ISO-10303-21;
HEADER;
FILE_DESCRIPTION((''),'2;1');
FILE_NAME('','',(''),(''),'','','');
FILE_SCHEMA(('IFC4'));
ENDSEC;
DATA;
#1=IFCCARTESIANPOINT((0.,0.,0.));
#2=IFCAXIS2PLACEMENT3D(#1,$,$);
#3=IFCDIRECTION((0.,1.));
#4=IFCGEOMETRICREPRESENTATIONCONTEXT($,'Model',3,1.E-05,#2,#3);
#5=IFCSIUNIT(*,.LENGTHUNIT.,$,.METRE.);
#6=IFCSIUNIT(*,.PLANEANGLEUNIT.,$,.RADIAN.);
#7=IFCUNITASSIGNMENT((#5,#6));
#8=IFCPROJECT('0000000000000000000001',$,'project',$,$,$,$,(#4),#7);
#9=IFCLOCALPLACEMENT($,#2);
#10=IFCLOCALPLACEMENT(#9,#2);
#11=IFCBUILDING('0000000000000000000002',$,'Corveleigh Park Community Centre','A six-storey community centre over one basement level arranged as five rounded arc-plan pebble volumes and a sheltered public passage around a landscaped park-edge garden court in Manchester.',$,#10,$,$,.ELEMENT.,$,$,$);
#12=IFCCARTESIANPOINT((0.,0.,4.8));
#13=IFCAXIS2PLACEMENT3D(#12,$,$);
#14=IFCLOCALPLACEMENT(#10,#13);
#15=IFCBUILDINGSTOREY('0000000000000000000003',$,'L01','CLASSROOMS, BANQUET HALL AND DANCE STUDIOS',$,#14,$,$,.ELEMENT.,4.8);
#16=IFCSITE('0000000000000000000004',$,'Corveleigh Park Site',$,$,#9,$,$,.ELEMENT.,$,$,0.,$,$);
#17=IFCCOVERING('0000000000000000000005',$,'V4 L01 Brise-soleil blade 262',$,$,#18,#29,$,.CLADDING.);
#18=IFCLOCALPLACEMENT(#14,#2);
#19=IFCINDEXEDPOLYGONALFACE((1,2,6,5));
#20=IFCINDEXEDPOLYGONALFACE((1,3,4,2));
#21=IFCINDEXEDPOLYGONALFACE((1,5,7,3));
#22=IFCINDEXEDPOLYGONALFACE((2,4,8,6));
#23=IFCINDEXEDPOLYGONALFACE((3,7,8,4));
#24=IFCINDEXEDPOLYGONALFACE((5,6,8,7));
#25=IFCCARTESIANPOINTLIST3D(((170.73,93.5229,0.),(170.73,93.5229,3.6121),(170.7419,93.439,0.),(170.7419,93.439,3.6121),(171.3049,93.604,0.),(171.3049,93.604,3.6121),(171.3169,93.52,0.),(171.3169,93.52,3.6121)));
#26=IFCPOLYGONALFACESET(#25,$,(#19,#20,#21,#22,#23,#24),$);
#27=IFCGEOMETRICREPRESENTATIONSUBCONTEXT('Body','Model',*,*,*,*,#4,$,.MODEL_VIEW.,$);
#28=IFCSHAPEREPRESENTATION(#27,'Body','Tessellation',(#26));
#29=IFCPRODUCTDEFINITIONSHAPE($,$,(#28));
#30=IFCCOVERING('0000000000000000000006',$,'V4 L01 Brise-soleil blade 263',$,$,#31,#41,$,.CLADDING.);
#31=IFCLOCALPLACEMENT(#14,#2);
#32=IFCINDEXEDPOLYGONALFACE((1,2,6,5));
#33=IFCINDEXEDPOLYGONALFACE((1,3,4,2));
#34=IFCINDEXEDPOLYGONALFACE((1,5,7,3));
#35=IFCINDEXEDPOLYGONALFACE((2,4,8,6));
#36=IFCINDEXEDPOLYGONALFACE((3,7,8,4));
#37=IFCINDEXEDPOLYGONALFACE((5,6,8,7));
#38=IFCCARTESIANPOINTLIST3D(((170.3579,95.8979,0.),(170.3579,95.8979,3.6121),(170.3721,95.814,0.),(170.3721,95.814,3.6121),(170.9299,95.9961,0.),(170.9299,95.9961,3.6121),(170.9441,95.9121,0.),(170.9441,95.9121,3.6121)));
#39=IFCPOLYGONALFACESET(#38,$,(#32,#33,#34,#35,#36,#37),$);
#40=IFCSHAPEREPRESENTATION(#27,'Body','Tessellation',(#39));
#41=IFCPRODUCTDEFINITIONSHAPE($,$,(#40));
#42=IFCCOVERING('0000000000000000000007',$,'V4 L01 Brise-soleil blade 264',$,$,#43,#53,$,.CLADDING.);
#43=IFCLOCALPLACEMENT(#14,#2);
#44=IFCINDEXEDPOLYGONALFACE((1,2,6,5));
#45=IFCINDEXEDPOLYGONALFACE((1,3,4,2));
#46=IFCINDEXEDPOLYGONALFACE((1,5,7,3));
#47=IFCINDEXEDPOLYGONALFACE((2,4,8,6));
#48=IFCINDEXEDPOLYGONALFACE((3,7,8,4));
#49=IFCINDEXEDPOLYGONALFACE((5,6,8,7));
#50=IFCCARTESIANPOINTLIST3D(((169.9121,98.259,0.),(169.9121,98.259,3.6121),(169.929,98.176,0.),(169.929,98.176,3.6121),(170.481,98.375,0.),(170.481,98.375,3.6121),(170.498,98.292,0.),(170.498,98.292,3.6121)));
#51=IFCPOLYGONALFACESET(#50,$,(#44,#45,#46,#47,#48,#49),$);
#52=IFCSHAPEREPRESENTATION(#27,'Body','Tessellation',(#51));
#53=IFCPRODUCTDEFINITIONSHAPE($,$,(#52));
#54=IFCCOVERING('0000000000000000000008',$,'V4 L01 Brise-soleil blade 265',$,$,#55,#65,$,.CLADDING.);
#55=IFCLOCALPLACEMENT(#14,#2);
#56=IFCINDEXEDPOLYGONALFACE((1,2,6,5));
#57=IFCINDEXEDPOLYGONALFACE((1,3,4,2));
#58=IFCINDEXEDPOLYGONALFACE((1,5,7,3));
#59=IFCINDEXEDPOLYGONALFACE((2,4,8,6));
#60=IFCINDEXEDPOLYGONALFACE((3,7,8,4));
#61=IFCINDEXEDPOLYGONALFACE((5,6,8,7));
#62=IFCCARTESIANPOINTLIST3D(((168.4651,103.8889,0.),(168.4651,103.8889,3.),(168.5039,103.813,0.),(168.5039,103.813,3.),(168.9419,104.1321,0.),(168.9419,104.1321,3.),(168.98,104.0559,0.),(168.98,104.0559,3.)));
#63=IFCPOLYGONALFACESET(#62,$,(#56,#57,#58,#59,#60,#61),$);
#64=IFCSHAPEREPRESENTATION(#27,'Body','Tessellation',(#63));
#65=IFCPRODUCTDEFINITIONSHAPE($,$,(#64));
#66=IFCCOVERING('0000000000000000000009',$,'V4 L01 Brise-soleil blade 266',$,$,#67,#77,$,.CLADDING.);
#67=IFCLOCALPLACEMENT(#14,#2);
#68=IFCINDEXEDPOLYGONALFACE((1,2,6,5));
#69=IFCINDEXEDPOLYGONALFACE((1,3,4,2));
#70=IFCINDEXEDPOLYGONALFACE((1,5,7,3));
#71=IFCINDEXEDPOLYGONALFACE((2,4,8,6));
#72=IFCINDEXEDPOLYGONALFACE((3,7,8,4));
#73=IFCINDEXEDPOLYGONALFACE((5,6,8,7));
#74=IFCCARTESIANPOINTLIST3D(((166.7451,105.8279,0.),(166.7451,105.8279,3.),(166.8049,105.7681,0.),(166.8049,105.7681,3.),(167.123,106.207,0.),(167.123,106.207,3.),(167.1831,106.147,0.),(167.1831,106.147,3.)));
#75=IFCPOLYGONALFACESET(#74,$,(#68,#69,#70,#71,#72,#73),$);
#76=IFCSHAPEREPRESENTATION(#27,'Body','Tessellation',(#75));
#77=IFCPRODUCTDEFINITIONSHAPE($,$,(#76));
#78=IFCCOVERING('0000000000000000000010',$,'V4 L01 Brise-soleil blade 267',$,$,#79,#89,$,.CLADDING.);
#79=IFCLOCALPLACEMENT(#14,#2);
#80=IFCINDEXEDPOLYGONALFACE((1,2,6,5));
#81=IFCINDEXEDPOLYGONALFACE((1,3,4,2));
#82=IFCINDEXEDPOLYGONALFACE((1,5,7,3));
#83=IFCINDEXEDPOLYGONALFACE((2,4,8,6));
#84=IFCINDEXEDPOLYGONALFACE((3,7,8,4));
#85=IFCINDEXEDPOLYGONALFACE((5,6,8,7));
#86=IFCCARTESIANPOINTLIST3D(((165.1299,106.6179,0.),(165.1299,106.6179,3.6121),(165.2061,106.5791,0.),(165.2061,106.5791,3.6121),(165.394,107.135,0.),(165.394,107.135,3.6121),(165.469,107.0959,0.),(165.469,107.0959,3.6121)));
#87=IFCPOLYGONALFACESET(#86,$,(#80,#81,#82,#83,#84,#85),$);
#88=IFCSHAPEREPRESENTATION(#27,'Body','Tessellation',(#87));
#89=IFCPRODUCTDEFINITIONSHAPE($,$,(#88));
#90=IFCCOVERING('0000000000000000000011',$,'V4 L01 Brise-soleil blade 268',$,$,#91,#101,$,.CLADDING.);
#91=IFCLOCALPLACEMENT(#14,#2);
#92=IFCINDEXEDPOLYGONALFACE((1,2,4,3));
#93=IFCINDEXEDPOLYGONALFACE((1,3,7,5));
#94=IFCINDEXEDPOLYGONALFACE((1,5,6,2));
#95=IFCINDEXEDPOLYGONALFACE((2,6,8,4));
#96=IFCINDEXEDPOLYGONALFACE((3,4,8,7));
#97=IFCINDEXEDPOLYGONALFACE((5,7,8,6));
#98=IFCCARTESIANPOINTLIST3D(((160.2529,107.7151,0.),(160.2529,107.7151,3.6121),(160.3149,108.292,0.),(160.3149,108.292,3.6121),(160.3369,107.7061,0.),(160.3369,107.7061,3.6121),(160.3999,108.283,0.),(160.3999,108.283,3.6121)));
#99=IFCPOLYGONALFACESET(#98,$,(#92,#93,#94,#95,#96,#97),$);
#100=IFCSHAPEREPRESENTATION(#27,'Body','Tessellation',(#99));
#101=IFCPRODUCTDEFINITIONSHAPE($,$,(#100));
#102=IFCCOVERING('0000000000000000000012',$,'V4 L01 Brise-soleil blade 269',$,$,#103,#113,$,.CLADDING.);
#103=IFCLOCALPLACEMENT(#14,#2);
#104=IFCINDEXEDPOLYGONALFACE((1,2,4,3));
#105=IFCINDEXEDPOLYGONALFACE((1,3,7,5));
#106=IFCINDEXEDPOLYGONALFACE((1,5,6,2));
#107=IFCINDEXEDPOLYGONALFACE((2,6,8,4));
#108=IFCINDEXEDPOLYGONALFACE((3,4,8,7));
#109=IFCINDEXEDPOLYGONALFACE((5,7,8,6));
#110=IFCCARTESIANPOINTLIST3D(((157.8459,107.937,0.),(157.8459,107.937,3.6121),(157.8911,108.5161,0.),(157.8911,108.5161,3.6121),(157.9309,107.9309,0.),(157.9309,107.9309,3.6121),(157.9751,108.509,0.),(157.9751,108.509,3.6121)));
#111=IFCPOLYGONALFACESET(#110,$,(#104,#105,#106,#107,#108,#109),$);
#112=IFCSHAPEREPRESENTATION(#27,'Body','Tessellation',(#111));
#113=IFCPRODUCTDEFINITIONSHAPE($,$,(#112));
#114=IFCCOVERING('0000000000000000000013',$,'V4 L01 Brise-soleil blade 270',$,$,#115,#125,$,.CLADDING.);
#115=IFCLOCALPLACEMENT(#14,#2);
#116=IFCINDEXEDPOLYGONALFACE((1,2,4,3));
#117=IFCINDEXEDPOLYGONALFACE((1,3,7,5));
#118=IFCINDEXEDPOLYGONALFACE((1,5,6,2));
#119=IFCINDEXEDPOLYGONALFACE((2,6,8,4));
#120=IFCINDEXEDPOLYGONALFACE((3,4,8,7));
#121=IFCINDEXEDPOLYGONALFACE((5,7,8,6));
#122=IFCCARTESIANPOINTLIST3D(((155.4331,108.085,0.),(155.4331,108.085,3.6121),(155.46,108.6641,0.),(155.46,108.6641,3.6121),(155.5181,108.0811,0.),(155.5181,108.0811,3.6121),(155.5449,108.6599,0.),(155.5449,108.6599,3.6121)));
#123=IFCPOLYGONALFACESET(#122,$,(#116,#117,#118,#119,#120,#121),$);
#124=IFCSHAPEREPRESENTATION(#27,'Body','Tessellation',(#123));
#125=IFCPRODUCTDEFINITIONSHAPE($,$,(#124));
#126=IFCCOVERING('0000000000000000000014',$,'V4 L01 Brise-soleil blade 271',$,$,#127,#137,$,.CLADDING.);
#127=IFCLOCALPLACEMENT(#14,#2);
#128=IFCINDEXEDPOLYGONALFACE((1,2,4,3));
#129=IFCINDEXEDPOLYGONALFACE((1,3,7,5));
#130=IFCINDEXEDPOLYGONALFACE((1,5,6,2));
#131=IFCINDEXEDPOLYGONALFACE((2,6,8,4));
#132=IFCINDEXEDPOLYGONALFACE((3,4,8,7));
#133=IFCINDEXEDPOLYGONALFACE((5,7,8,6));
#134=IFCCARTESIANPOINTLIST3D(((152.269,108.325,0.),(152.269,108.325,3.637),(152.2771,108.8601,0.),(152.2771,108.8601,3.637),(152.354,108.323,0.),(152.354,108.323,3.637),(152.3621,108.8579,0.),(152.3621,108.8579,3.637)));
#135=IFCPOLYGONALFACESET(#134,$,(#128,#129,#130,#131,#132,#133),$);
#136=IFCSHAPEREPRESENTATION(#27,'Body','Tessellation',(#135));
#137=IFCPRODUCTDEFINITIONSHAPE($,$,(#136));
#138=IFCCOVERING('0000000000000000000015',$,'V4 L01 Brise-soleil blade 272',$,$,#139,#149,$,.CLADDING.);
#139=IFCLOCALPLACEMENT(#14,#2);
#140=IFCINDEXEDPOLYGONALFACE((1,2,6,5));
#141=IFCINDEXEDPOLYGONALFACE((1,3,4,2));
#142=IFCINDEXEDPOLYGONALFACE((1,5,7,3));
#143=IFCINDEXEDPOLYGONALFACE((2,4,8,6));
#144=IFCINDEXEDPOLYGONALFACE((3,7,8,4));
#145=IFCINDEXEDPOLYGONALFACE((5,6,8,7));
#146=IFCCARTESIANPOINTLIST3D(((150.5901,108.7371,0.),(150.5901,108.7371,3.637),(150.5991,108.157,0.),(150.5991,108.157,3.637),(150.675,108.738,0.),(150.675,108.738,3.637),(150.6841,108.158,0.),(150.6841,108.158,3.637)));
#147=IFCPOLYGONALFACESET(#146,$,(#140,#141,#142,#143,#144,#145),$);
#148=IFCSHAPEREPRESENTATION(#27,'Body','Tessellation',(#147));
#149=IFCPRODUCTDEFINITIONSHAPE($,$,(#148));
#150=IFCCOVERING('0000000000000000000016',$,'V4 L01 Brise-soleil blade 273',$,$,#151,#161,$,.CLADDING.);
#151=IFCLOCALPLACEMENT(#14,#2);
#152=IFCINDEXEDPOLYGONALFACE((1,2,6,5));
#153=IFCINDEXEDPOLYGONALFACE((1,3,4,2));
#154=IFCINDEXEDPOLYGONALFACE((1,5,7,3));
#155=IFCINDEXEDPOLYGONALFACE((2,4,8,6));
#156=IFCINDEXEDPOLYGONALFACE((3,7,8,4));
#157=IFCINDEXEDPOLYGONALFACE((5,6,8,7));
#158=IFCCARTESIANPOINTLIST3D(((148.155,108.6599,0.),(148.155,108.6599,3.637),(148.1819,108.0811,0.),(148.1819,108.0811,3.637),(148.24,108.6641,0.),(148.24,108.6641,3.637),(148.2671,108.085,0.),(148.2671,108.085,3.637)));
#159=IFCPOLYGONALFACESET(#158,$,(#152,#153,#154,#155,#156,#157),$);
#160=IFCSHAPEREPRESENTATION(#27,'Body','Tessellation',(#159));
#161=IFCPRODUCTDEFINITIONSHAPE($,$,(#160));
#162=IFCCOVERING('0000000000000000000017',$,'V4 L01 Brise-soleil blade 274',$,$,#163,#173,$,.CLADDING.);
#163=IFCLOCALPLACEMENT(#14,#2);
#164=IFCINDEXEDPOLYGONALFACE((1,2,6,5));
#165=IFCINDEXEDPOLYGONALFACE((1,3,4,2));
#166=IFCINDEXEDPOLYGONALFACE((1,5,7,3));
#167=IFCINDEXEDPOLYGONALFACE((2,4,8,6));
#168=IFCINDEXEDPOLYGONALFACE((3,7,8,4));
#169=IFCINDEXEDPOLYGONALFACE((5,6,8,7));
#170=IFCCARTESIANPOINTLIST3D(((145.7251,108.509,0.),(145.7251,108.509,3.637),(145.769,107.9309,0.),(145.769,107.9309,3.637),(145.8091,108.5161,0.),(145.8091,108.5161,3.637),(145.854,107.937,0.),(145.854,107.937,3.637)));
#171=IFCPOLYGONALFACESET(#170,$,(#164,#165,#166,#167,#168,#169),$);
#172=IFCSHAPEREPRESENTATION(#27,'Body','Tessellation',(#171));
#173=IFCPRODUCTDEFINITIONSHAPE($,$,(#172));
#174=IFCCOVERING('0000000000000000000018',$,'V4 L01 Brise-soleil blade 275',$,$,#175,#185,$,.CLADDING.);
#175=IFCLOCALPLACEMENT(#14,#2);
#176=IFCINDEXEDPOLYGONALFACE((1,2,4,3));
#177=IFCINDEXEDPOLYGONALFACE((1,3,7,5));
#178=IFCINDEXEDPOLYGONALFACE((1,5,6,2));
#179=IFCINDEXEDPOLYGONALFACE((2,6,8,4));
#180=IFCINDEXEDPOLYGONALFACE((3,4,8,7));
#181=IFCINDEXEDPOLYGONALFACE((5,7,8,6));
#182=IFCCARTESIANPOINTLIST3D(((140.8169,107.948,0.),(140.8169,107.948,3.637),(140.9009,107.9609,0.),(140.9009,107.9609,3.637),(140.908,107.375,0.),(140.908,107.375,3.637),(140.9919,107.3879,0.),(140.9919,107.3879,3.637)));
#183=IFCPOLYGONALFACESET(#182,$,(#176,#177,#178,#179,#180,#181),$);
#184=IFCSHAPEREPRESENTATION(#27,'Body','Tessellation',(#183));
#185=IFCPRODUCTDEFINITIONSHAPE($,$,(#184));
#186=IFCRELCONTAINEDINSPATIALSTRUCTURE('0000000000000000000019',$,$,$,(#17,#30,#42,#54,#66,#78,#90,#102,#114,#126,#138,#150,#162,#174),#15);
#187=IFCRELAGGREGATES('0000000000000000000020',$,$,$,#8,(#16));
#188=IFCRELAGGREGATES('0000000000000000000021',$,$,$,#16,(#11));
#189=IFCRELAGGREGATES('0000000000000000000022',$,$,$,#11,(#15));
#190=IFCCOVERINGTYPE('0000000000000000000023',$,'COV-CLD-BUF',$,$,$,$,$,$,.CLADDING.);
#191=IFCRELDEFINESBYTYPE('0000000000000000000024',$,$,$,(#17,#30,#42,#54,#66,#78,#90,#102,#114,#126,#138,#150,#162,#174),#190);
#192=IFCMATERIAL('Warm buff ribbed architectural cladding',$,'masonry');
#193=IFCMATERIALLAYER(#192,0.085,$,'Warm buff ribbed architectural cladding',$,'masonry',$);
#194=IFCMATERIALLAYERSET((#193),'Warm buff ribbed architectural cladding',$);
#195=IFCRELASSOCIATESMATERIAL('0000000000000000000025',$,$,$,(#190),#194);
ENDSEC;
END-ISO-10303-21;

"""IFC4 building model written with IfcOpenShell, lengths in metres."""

from ifc_helpers import new_model, si_unit, direction, frame, origin, place, context, subcontext, project, spatial, polyline, outline, extrude, material, layer, layer_set, type_object, element, save


model = new_model("IFC4")

# Units and contexts
model_context = context("Model", 3, precision=1e-05, world=origin(), true_north=direction((0.0, 1.0)))
body_context = subcontext(model_context, "Body", "Model", "MODEL_VIEW")
ifc_project = project(units=[si_unit("LENGTHUNIT", "METRE"), si_unit("PLANEANGLEUNIT", "RADIAN")], contexts=[model_context])

# Site, building, storey
site_placement = place(None, origin())
site = spatial("IfcSite", under=ifc_project, at=site_placement, Name="Corveleigh Park Site", CompositionType="ELEMENT", RefElevation=0.0)
building_placement = place(site_placement, origin())
building = spatial("IfcBuilding", under=site, at=building_placement, Name="Corveleigh Park Community Centre", Description="A six-storey community centre over one basement level arranged as five rounded arc-plan pebble volumes and a sheltered public passage around a landscaped park-edge garden court in Manchester.", CompositionType="ELEMENT")
storey_placement = place(building_placement, frame((0.0, 0.0, 4.8)))
storey = spatial("IfcBuildingStorey", under=building, at=storey_placement, Name="L01", Description="CLASSROOMS, BANQUET HALL AND DANCE STUDIOS", CompositionType="ELEMENT", Elevation=4.8)

# Coverings
ifc_material = material(Name="Warm buff ribbed architectural cladding", Category="masonry")
ifc_layer = layer(ifc_material, 0.085, Name="Warm buff ribbed architectural cladding", Category="masonry")
ifc_layer_set = layer_set([ifc_layer], Name="Warm buff ribbed architectural cladding")
covering_type = type_object("IfcCoveringType", Name="COV-CLD-BUF", PredefinedType="CLADDING", material=ifc_layer_set)
covering_1_placement = place(storey_placement, origin())
element("IfcCovering", 1, at=covering_1_placement, inside=storey, type_object=covering_type, Name="V4 L01 Brise-soleil blade 262", PredefinedType="CLADDING", context=body_context, shape_type="SweptSolid", body=[
    extrude(outline(polyline([(170.73, 93.5229), (170.7419, 93.439), (171.3169, 93.52), (171.3049, 93.604), (170.73, 93.5229)])), origin(), (0.0, 0.0, 1.0), 3.6121),
])
covering_2_placement = place(storey_placement, origin())
element("IfcCovering", 2, at=covering_2_placement, inside=storey, type_object=covering_type, Name="V4 L01 Brise-soleil blade 263", PredefinedType="CLADDING", context=body_context, shape_type="SweptSolid", body=[
    extrude(outline(polyline([(170.3579, 95.8979), (170.3721, 95.814), (170.9441, 95.9121), (170.9299, 95.9961), (170.3579, 95.8979)])), origin(), (0.0, 0.0, 1.0), 3.6121),
])
covering_3_placement = place(storey_placement, origin())
element("IfcCovering", 3, at=covering_3_placement, inside=storey, type_object=covering_type, Name="V4 L01 Brise-soleil blade 264", PredefinedType="CLADDING", context=body_context, shape_type="SweptSolid", body=[
    extrude(outline(polyline([(169.9121, 98.259), (169.929, 98.176), (170.498, 98.292), (170.481, 98.375), (169.9121, 98.259)])), origin(), (0.0, 0.0, 1.0), 3.6121),
])
covering_4_placement = place(storey_placement, origin())
element("IfcCovering", 4, at=covering_4_placement, inside=storey, type_object=covering_type, Name="V4 L01 Brise-soleil blade 265", PredefinedType="CLADDING", context=body_context, shape_type="SweptSolid", body=[
    extrude(outline(polyline([(168.4651, 103.8889), (168.5039, 103.813), (168.98, 104.0559), (168.9419, 104.1321), (168.4651, 103.8889)])), origin(), (0.0, 0.0, 1.0), 3.0),
])
covering_5_placement = place(storey_placement, origin())
element("IfcCovering", 5, at=covering_5_placement, inside=storey, type_object=covering_type, Name="V4 L01 Brise-soleil blade 266", PredefinedType="CLADDING", context=body_context, shape_type="SweptSolid", body=[
    extrude(outline(polyline([(166.7451, 105.8279), (166.8049, 105.7681), (167.1831, 106.147), (167.123, 106.207), (166.7451, 105.8279)])), origin(), (0.0, 0.0, 1.0), 3.0),
])
covering_6_placement = place(storey_placement, origin())
element("IfcCovering", 6, at=covering_6_placement, inside=storey, type_object=covering_type, Name="V4 L01 Brise-soleil blade 267", PredefinedType="CLADDING", context=body_context, shape_type="SweptSolid", body=[
    extrude(outline(polyline([(165.1299, 106.6179), (165.2061, 106.5791), (165.469, 107.0959), (165.394, 107.135), (165.1299, 106.6179)])), origin(), (0.0, 0.0, 1.0), 3.6121),
])
covering_7_placement = place(storey_placement, origin())
element("IfcCovering", 7, at=covering_7_placement, inside=storey, type_object=covering_type, Name="V4 L01 Brise-soleil blade 268", PredefinedType="CLADDING", context=body_context, shape_type="SweptSolid", body=[
    extrude(outline(polyline([(160.2529, 107.7151), (160.3369, 107.7061), (160.3999, 108.283), (160.3149, 108.292), (160.2529, 107.7151)])), origin(), (0.0, 0.0, 1.0), 3.6121),
])
covering_8_placement = place(storey_placement, origin())
element("IfcCovering", 8, at=covering_8_placement, inside=storey, type_object=covering_type, Name="V4 L01 Brise-soleil blade 269", PredefinedType="CLADDING", context=body_context, shape_type="SweptSolid", body=[
    extrude(outline(polyline([(157.8459, 107.937), (157.9309, 107.9309), (157.9751, 108.509), (157.8911, 108.5161), (157.8459, 107.937)])), origin(), (0.0, 0.0, 1.0), 3.6121),
])
covering_9_placement = place(storey_placement, origin())
element("IfcCovering", 9, at=covering_9_placement, inside=storey, type_object=covering_type, Name="V4 L01 Brise-soleil blade 270", PredefinedType="CLADDING", context=body_context, shape_type="SweptSolid", body=[
    extrude(outline(polyline([(155.4331, 108.085), (155.5181, 108.0811), (155.5449, 108.6599), (155.46, 108.6641), (155.4331, 108.085)])), origin(), (0.0, 0.0, 1.0), 3.6121),
])
covering_10_placement = place(storey_placement, origin())
element("IfcCovering", 10, at=covering_10_placement, inside=storey, type_object=covering_type, Name="V4 L01 Brise-soleil blade 271", PredefinedType="CLADDING", context=body_context, shape_type="SweptSolid", body=[
    extrude(outline(polyline([(152.269, 108.325), (152.354, 108.323), (152.3621, 108.8579), (152.2771, 108.8601), (152.269, 108.325)])), origin(), (0.0, 0.0, 1.0), 3.637),
])
covering_11_placement = place(storey_placement, origin())
element("IfcCovering", 11, at=covering_11_placement, inside=storey, type_object=covering_type, Name="V4 L01 Brise-soleil blade 272", PredefinedType="CLADDING", context=body_context, shape_type="SweptSolid", body=[
    extrude(outline(polyline([(150.5991, 108.157), (150.6841, 108.158), (150.675, 108.738), (150.5901, 108.7371), (150.5991, 108.157)])), origin(), (0.0, 0.0, 1.0), 3.637),
])
covering_12_placement = place(storey_placement, origin())
element("IfcCovering", 12, at=covering_12_placement, inside=storey, type_object=covering_type, Name="V4 L01 Brise-soleil blade 273", PredefinedType="CLADDING", context=body_context, shape_type="SweptSolid", body=[
    extrude(outline(polyline([(148.1819, 108.0811), (148.2671, 108.085), (148.24, 108.6641), (148.155, 108.6599), (148.1819, 108.0811)])), origin(), (0.0, 0.0, 1.0), 3.637),
])
covering_13_placement = place(storey_placement, origin())
element("IfcCovering", 13, at=covering_13_placement, inside=storey, type_object=covering_type, Name="V4 L01 Brise-soleil blade 274", PredefinedType="CLADDING", context=body_context, shape_type="SweptSolid", body=[
    extrude(outline(polyline([(145.769, 107.9309), (145.854, 107.937), (145.8091, 108.5161), (145.7251, 108.509), (145.769, 107.9309)])), origin(), (0.0, 0.0, 1.0), 3.637),
])
covering_14_placement = place(storey_placement, origin())
element("IfcCovering", 14, at=covering_14_placement, inside=storey, type_object=covering_type, Name="V4 L01 Brise-soleil blade 275", PredefinedType="CLADDING", context=body_context, shape_type="SweptSolid", body=[
    extrude(outline(polyline([(140.908, 107.375), (140.9919, 107.3879), (140.9009, 107.9609), (140.8169, 107.948), (140.908, 107.375)])), origin(), (0.0, 0.0, 1.0), 3.637),
])

save(model, "model.ifc")
